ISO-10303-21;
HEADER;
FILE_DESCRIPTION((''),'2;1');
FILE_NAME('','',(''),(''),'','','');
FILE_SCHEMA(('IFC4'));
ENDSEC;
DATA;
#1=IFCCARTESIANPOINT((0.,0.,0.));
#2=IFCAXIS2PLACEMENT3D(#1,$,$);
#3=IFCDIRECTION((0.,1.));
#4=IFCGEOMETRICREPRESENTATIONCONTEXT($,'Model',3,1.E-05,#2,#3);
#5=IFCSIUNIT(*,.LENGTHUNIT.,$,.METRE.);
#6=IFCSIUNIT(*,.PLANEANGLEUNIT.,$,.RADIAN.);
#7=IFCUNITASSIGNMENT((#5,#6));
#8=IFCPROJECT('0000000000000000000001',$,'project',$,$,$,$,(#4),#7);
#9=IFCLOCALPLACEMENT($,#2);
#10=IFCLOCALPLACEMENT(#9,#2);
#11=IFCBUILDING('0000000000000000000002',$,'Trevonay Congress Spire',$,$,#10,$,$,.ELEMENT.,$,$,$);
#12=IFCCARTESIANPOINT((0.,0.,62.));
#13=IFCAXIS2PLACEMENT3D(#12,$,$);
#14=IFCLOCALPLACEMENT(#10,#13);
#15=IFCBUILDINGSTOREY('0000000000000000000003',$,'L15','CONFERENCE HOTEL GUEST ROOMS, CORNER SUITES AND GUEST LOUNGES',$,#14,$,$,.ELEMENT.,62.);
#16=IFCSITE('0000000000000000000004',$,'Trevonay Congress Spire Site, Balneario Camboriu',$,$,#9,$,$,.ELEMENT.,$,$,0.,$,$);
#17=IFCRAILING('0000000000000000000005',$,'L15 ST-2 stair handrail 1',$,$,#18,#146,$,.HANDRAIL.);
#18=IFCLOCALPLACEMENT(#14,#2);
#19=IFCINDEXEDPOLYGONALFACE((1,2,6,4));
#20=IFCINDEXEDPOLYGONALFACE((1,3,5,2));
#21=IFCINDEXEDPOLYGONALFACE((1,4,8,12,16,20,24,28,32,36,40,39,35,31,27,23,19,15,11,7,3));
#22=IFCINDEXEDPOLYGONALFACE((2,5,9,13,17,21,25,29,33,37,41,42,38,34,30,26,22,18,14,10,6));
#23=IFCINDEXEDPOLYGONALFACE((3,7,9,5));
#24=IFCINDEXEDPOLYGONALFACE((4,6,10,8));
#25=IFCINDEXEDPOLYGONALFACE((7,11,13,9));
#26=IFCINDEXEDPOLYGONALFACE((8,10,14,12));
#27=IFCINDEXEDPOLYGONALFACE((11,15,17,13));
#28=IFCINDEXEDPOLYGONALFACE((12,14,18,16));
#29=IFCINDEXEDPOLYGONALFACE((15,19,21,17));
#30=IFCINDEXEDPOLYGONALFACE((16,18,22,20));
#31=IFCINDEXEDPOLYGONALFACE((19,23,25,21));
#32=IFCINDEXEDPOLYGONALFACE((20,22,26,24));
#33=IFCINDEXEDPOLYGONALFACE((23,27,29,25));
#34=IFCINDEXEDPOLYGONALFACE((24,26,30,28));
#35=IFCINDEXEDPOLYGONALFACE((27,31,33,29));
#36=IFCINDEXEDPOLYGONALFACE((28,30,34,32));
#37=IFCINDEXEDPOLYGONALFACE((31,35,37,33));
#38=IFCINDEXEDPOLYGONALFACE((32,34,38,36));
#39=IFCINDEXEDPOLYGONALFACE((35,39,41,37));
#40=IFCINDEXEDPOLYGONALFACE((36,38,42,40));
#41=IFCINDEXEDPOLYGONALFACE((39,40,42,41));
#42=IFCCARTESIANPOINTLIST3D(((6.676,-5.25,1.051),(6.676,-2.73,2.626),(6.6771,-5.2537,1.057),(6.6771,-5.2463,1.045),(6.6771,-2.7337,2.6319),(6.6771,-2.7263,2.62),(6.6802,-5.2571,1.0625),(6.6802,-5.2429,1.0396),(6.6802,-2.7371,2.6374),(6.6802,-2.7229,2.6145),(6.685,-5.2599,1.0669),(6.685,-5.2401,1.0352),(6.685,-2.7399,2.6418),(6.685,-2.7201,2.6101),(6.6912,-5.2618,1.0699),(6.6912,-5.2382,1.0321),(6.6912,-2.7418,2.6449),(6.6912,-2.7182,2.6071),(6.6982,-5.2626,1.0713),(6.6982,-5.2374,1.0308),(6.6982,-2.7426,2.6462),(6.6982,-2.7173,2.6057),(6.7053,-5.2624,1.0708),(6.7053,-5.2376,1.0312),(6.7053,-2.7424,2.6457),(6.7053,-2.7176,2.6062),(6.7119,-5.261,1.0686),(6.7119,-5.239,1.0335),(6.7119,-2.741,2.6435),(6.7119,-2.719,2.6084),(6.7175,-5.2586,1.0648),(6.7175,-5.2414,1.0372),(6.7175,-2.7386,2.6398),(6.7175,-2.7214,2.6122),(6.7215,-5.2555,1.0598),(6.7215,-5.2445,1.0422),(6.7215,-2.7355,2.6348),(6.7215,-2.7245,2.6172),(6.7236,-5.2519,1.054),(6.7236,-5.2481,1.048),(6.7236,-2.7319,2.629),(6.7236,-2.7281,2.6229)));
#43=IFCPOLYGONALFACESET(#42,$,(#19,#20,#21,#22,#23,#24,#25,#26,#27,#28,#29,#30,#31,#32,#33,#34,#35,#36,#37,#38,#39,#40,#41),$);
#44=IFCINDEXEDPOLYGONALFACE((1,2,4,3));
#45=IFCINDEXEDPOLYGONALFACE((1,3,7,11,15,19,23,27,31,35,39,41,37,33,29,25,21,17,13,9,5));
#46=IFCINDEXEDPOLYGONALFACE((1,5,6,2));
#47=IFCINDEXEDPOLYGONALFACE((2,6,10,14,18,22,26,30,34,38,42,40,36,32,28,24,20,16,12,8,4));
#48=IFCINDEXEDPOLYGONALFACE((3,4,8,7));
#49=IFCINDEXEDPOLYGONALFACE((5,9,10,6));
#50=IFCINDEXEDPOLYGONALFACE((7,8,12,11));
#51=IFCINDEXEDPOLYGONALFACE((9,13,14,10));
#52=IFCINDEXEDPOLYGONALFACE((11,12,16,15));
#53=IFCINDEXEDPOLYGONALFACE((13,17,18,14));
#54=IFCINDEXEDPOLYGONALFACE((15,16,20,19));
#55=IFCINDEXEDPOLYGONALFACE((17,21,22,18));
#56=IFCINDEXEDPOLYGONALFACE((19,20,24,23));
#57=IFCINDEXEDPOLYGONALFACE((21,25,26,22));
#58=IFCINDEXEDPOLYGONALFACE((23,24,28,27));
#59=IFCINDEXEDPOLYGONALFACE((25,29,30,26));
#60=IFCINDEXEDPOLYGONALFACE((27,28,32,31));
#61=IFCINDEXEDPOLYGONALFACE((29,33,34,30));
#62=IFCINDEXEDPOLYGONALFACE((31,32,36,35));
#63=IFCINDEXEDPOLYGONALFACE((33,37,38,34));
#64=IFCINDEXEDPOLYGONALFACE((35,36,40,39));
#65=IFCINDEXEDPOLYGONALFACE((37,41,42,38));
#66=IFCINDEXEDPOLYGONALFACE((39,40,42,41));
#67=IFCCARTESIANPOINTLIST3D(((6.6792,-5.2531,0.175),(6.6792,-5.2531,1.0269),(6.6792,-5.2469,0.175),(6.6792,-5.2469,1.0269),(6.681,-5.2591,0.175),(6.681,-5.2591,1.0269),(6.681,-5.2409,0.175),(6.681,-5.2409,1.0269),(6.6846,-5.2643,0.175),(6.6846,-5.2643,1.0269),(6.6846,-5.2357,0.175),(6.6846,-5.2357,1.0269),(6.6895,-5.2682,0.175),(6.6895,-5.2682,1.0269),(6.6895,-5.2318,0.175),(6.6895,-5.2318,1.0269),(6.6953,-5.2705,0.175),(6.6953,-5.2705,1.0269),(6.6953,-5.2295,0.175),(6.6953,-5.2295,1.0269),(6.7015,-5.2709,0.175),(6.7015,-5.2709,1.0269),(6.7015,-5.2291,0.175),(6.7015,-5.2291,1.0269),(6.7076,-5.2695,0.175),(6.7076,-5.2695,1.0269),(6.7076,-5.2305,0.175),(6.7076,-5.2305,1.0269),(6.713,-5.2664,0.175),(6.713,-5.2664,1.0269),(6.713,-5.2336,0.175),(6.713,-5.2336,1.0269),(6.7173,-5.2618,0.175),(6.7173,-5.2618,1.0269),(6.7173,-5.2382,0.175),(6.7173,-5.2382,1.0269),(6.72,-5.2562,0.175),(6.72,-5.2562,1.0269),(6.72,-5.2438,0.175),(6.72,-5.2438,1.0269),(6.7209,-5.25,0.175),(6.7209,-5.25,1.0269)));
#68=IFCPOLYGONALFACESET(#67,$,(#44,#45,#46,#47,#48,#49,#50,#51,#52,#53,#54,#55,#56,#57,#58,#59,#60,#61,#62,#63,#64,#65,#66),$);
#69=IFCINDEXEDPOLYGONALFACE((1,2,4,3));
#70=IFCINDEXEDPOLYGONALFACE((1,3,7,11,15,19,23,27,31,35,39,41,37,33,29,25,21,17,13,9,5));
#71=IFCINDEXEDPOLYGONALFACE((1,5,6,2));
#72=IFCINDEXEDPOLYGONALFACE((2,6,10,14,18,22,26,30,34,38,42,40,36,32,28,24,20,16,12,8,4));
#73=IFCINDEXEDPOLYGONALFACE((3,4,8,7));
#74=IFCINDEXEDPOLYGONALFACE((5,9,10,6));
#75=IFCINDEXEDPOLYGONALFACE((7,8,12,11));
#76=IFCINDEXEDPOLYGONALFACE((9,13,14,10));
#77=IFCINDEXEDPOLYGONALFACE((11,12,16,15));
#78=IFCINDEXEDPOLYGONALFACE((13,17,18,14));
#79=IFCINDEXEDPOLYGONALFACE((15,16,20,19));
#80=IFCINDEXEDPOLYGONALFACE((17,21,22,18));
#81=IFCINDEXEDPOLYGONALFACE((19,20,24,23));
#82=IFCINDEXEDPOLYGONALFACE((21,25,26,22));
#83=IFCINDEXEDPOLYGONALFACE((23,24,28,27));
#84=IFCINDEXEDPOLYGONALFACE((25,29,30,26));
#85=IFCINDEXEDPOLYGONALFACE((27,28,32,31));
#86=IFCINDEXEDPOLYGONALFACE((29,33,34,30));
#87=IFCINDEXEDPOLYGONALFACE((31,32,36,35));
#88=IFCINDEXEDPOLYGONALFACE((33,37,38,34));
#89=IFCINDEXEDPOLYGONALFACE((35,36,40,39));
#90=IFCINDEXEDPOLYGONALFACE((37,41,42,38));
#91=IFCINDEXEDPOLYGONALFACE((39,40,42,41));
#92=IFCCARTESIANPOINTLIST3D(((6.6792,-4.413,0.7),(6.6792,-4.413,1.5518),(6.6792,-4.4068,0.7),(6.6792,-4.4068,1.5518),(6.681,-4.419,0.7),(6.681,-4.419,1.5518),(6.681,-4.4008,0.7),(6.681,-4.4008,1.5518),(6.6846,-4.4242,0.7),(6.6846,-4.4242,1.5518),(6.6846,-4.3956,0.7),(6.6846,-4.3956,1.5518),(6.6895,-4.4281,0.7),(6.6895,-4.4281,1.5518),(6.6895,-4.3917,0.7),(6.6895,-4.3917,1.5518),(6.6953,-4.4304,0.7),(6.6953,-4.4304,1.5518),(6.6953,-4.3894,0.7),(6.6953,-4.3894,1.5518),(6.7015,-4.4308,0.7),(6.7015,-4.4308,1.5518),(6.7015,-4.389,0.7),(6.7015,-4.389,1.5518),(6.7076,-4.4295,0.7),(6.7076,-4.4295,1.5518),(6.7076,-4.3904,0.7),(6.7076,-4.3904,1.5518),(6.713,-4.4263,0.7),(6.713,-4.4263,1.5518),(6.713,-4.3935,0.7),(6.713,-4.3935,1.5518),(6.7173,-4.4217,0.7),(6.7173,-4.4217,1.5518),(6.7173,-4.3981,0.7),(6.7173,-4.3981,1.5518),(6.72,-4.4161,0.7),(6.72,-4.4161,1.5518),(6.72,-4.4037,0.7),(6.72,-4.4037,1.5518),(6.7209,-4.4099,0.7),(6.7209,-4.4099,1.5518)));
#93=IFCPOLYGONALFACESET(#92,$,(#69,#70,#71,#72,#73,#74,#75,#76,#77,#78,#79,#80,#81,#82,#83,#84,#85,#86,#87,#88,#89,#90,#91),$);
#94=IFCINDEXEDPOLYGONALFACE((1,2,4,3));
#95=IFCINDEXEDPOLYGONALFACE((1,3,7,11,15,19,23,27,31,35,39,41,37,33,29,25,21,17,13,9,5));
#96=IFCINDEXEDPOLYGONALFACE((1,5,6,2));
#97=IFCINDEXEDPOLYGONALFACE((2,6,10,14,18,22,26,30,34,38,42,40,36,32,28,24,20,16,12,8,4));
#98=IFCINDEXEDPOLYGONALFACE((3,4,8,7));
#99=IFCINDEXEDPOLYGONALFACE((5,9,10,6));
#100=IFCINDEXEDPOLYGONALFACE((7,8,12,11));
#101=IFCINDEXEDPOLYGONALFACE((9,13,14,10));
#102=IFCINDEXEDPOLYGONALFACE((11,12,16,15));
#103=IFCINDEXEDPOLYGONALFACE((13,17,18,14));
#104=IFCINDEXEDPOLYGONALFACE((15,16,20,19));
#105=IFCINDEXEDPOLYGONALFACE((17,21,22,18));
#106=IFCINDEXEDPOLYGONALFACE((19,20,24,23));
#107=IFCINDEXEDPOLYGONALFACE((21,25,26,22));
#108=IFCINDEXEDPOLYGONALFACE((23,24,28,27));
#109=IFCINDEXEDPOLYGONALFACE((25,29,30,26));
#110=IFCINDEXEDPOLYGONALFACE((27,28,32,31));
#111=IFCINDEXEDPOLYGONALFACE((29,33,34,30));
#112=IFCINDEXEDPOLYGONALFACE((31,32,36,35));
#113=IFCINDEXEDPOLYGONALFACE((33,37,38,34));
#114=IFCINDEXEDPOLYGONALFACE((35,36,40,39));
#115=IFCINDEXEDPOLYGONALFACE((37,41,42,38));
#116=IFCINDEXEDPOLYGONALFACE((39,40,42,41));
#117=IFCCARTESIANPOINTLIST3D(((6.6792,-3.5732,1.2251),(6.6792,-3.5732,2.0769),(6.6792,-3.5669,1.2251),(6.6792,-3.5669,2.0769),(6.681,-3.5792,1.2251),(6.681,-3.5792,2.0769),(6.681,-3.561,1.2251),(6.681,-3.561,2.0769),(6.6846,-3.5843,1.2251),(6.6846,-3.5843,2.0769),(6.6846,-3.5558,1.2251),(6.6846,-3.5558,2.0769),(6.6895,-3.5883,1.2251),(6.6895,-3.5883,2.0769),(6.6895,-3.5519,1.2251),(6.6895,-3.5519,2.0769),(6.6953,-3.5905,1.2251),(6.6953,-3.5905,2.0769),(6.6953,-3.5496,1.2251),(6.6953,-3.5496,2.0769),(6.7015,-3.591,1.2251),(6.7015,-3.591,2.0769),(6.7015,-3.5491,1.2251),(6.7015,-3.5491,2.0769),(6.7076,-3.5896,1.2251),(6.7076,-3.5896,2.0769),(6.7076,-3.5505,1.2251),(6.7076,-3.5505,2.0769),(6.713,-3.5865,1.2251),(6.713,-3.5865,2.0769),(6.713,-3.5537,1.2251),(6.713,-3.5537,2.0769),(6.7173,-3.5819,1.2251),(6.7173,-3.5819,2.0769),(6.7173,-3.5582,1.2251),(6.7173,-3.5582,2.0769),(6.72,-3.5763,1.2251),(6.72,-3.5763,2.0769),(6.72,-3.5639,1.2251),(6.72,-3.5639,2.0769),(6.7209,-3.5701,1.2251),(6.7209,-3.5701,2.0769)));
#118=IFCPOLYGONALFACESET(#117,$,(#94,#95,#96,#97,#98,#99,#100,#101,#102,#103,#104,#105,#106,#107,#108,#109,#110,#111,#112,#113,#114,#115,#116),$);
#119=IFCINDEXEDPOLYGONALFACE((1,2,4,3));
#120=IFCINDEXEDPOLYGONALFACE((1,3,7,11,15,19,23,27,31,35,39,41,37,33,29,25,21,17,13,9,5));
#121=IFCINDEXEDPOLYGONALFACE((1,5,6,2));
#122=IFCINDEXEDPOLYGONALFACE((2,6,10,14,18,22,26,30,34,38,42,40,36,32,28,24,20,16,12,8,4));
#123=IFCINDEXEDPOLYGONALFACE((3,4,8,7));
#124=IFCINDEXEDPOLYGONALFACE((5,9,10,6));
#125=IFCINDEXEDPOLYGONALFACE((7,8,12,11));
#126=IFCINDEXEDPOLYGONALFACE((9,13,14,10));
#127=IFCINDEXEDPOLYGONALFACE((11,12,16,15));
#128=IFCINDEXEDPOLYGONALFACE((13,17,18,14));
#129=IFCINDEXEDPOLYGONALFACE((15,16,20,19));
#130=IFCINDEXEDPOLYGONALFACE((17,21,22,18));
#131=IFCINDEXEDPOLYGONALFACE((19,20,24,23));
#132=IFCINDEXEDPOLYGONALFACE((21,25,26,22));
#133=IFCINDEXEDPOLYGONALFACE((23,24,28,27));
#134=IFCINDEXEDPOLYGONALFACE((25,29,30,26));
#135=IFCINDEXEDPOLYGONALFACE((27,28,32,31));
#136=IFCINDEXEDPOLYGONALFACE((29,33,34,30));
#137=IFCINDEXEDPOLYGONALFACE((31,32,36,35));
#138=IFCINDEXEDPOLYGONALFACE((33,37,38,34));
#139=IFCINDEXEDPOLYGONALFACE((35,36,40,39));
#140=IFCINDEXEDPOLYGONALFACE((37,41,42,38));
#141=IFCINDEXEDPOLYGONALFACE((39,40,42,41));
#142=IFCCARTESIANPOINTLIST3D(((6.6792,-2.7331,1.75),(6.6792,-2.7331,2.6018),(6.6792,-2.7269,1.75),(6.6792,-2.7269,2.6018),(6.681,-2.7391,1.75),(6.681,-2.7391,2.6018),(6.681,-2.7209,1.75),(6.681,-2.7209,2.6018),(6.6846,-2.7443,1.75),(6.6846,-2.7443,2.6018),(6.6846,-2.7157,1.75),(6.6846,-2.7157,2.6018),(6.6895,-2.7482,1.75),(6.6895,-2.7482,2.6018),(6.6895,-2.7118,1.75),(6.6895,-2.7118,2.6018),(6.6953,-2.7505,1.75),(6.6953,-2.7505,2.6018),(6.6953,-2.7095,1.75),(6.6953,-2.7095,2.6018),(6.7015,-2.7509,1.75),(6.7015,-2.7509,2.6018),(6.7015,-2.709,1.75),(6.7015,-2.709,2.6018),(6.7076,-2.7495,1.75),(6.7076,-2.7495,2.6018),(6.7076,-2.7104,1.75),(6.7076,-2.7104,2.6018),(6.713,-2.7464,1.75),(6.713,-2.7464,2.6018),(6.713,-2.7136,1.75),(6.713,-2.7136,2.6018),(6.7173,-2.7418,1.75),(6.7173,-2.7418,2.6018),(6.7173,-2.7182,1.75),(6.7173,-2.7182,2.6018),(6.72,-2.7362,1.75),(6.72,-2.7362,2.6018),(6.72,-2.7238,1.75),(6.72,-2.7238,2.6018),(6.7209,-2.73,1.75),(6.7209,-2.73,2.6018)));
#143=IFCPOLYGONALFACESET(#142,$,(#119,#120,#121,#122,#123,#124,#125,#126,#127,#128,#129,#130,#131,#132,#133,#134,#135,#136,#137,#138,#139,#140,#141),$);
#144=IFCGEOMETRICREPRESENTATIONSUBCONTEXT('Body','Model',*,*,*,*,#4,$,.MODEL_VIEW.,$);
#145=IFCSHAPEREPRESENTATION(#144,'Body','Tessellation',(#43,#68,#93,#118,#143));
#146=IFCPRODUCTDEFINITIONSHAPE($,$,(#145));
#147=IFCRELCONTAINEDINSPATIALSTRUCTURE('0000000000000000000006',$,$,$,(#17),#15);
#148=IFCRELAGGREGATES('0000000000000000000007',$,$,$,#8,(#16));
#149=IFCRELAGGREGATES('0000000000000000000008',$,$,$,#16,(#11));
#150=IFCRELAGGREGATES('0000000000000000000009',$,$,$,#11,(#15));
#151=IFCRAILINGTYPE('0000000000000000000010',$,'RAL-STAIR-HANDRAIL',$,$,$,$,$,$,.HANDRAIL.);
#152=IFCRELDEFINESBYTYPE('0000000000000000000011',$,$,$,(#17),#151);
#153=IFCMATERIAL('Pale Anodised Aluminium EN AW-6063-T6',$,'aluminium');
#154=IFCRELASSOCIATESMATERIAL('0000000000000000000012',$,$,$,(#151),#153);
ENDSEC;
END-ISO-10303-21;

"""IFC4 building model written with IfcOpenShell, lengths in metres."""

from ifc_helpers import new_model, si_unit, direction, frame, origin, origin_2d, place, context, subcontext, project, spatial, circle, extrude, material, type_object, element, save


model = new_model("IFC4")

# Units and contexts
model_context = context("Model", 3, precision=1e-05, world=origin(), true_north=direction((0.0, 1.0)))
body_context = subcontext(model_context, "Body", "Model", "MODEL_VIEW")
ifc_project = project(units=[si_unit("LENGTHUNIT", "METRE"), si_unit("PLANEANGLEUNIT", "RADIAN")], contexts=[model_context])

# Site, building, storey
site_placement = place(None, origin())
site = spatial("IfcSite", under=ifc_project, at=site_placement, Name="Trevonay Congress Spire Site, Balneario Camboriu", CompositionType="ELEMENT", RefElevation=0.0)
building_placement = place(site_placement, origin())
building = spatial("IfcBuilding", under=site, at=building_placement, Name="Trevonay Congress Spire", CompositionType="ELEMENT")
storey_placement = place(building_placement, frame((0.0, 0.0, 62.0)))
storey = spatial("IfcBuildingStorey", under=building, at=storey_placement, Name="L15", Description="CONFERENCE HOTEL GUEST ROOMS, CORNER SUITES AND GUEST LOUNGES", CompositionType="ELEMENT", Elevation=62.0)

# Railing
ifc_material_1 = material(Name="Pale Anodised Aluminium EN AW-6063-T6", Category="aluminium")
railing_type_1 = type_object("IfcRailingType", Name="RAL-STAIR-HANDRAIL", PredefinedType="HANDRAIL", material=ifc_material_1)
railing_1_placement = place(storey_placement, frame((6.7, -5.25, 0.175)))
element("IfcRailing", 1, at=railing_1_placement, inside=storey, type_object=railing_type_1, Name="L15 ST-2 stair handrail 1", PredefinedType="HANDRAIL", context=body_context, shape_type="SweptSolid", body=[
    extrude(circle(Radius=0.0239, at=origin_2d()), frame((0.0, 0.0, 0.876), z_axis=(0.0, 0.848008, 0.529984), x_axis=(-1.0, 0.0, 0.0)), (0.0, 0.0, 1.0), 2.9717),
    extrude(circle(Radius=0.021, at=origin_2d()), origin(), (0.0, 0.0, 1.0), 0.8518),
    extrude(circle(Radius=0.021, at=origin_2d()), frame((0.0, 0.8401, 0.5249)), (0.0, 0.0, 1.0), 0.8518),
    extrude(circle(Radius=0.021, at=origin_2d()), frame((0.0, 1.6799, 1.05)), (0.0, 0.0, 1.0), 0.8518),
    extrude(circle(Radius=0.021, at=origin_2d()), frame((0.0, 2.52, 1.575)), (0.0, 0.0, 1.0), 0.8518),
])

save(model, "model.ifc")
